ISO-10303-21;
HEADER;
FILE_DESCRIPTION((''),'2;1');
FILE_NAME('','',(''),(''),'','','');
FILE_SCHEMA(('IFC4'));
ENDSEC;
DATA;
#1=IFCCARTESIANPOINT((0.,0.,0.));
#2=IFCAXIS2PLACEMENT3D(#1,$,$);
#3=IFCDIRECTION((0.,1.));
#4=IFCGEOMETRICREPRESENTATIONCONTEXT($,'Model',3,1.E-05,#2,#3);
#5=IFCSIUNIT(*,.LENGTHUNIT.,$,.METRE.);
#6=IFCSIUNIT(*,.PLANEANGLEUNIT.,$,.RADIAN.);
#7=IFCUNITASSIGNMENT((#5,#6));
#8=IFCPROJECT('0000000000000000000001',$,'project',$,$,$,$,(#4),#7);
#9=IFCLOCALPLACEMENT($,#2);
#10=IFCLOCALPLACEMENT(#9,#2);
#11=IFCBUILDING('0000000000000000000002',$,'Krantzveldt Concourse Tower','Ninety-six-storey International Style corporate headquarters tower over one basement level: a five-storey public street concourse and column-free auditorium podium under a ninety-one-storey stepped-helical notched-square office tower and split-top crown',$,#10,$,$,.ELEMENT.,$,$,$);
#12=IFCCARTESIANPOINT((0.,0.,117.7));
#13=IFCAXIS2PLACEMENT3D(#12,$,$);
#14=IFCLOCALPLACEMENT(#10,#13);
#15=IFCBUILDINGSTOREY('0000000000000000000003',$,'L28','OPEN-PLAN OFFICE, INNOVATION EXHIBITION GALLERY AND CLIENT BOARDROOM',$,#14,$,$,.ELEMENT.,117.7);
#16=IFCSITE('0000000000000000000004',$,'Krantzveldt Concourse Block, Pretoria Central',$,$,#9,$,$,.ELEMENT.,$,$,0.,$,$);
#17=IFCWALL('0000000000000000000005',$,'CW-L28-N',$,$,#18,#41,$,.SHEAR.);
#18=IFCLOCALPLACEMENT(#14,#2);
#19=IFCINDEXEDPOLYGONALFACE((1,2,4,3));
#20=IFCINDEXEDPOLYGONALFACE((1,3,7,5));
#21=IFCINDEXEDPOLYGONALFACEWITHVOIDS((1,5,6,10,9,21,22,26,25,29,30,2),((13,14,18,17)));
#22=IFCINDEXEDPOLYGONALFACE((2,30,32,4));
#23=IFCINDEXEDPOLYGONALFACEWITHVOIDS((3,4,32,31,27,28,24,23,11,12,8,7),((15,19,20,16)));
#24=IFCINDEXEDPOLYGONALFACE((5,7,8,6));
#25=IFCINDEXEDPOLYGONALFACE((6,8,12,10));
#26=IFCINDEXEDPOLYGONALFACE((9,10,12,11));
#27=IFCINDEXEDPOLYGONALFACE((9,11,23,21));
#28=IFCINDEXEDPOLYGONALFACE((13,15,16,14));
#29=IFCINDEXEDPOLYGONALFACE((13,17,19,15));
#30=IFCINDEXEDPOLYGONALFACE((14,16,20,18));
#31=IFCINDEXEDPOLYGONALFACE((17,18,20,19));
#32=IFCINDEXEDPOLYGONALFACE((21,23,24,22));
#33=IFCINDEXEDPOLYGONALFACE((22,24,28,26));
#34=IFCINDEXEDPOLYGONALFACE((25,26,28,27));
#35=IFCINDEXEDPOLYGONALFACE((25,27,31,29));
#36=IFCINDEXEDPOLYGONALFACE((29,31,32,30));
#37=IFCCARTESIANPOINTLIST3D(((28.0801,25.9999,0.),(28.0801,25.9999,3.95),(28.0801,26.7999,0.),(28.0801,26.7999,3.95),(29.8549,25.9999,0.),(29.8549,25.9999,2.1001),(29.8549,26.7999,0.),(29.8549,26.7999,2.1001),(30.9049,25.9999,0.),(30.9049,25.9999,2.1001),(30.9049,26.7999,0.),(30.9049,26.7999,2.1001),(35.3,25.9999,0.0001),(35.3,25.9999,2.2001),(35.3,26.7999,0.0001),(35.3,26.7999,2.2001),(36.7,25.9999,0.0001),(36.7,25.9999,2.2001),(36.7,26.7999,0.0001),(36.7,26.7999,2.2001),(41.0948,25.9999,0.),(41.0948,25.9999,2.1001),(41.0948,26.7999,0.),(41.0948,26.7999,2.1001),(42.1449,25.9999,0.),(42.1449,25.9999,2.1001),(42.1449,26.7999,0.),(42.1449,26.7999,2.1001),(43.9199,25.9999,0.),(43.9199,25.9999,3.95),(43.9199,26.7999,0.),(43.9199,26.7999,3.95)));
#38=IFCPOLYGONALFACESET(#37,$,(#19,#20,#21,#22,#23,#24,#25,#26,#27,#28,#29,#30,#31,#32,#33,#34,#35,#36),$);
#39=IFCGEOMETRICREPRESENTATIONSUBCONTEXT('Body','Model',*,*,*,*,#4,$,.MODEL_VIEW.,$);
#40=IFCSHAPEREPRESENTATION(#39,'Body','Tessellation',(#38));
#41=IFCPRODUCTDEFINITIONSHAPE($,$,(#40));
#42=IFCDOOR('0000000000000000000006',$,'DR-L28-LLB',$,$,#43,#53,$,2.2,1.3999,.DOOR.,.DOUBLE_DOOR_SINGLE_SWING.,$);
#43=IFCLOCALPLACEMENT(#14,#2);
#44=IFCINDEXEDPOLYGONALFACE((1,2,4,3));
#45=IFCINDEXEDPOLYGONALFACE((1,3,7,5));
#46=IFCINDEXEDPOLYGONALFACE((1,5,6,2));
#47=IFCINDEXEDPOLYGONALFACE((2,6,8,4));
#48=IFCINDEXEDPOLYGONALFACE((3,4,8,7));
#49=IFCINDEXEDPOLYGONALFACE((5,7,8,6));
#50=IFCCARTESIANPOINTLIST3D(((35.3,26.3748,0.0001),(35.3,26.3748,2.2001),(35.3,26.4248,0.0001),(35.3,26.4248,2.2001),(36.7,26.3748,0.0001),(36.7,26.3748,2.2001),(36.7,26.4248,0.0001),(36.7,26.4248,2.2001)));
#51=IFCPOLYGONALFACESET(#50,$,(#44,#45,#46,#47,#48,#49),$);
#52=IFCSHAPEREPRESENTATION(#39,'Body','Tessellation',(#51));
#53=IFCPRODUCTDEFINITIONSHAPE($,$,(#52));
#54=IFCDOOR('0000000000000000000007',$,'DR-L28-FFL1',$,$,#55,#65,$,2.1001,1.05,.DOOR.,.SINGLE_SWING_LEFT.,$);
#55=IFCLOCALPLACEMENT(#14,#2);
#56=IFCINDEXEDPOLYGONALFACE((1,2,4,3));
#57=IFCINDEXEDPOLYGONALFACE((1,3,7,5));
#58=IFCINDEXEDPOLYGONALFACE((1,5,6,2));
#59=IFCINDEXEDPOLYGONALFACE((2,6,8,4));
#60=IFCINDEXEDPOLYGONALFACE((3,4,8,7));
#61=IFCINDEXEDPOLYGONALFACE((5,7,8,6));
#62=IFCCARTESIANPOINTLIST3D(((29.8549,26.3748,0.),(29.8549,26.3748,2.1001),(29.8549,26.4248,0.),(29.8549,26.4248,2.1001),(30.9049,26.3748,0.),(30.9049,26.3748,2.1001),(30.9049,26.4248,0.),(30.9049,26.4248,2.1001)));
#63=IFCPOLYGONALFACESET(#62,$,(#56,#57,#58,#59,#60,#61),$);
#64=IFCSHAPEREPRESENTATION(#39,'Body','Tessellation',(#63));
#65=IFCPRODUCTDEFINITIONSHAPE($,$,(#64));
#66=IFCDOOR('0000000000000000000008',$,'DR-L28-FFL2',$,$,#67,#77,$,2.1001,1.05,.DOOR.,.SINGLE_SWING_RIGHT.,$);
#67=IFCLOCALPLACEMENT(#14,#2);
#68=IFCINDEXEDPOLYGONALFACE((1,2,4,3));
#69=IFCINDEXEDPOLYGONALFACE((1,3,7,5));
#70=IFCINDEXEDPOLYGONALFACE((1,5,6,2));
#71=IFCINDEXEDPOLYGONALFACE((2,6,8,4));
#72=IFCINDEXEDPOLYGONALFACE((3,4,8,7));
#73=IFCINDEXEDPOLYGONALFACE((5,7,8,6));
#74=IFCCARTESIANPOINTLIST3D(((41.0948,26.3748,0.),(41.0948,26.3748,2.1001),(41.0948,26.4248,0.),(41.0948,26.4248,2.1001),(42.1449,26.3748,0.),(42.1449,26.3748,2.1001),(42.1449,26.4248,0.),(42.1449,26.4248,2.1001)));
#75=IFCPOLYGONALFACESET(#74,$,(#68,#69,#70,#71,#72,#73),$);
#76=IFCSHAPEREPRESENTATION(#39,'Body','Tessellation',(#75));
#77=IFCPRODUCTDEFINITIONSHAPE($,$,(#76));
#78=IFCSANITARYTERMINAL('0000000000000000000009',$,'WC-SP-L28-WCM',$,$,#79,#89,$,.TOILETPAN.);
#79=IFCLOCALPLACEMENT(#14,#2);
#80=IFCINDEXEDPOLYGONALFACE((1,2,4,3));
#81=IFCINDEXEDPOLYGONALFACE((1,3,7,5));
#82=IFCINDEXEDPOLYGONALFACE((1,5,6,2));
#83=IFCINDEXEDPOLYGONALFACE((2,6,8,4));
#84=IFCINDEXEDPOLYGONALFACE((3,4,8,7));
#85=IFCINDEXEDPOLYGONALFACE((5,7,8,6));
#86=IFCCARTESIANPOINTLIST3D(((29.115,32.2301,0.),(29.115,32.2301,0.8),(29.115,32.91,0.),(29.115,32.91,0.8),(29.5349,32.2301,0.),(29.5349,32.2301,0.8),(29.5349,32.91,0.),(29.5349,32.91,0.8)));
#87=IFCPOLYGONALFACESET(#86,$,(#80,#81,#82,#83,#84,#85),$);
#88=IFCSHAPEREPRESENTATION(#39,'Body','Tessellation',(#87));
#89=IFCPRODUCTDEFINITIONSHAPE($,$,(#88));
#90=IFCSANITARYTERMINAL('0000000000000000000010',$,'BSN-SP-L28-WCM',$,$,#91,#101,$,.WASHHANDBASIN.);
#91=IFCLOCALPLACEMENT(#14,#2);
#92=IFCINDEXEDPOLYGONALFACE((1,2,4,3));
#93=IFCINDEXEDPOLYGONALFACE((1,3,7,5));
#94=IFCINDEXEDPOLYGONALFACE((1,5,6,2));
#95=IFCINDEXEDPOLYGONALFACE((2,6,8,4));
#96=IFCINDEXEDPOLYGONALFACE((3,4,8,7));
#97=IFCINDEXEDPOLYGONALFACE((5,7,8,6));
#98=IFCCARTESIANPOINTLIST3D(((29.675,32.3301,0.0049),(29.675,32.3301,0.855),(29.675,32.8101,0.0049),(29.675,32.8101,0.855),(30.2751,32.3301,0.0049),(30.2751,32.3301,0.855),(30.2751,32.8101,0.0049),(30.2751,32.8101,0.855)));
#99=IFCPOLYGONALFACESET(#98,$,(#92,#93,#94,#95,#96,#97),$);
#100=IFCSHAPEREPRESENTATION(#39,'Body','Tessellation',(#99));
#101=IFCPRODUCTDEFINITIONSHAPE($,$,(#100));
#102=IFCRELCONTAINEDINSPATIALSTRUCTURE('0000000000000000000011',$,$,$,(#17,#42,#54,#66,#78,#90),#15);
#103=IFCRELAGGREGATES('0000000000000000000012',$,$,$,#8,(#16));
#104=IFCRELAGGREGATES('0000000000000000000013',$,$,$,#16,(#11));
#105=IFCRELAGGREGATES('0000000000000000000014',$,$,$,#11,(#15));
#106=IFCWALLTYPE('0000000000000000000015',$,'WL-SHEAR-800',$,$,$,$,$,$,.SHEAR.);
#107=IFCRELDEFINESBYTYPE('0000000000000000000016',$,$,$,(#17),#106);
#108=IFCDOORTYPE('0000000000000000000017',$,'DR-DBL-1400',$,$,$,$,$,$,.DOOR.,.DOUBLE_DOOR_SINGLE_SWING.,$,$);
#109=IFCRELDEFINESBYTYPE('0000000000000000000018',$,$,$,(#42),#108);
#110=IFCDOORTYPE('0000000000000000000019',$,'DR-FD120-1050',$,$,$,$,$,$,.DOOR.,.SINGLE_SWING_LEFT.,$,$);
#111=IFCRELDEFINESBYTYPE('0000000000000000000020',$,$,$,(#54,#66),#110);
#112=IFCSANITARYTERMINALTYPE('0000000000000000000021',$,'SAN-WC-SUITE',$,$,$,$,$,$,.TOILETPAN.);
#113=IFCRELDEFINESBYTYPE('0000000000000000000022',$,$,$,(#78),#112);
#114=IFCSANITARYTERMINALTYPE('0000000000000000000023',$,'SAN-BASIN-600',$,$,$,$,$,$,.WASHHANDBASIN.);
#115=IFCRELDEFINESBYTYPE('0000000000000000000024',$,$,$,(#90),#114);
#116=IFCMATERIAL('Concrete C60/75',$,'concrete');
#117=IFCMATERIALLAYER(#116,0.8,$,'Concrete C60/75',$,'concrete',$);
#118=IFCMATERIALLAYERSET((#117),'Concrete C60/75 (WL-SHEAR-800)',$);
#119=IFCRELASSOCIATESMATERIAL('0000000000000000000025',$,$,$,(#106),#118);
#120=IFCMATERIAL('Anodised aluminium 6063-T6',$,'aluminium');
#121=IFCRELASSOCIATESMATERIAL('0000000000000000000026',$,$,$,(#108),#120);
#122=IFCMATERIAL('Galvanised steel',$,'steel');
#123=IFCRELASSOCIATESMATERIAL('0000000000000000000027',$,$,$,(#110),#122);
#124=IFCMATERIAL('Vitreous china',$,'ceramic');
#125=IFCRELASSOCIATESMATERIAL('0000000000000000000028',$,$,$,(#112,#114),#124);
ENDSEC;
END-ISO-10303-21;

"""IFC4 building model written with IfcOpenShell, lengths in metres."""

from ifc_helpers import new_model, si_unit, direction, frame, frame_2d, origin, origin_2d, place, context, subcontext, project, spatial, rectangle, extrude, source, transform, mapped, material, layer, layer_set, type_object, type_shapes, element, fill, save


model = new_model("IFC4")

# Units and contexts
model_context = context("Model", 3, precision=1e-05, world=origin(), true_north=direction((0.0, 1.0)))
body_context = subcontext(model_context, "Body", "Model", "MODEL_VIEW")
ifc_project = project(units=[si_unit("LENGTHUNIT", "METRE"), si_unit("PLANEANGLEUNIT", "RADIAN")], contexts=[model_context])

# Site, building, storey
site_placement = place(None, origin())
site = spatial("IfcSite", under=ifc_project, at=site_placement, Name="Krantzveldt Concourse Block, Pretoria Central", CompositionType="ELEMENT", RefElevation=0.0)
building_placement = place(site_placement, origin())
building = spatial("IfcBuilding", under=site, at=building_placement, Name="Krantzveldt Concourse Tower", Description="Ninety-six-storey International Style corporate headquarters tower over one basement level: a five-storey public street concourse and column-free auditorium podium under a ninety-one-storey stepped-helical notched-square office tower and split-top crown", CompositionType="ELEMENT")
storey_placement = place(building_placement, frame((0.0, 0.0, 117.7)))
storey = spatial("IfcBuildingStorey", under=building, at=storey_placement, Name="L28", Description="OPEN-PLAN OFFICE, INNOVATION EXHIBITION GALLERY AND CLIENT BOARDROOM", CompositionType="ELEMENT", Elevation=117.7)

# Wall, openings, doors
ifc_material_1 = material(Name="Concrete C60/75", Category="concrete")
ifc_layer_1 = layer(ifc_material_1, 0.8, Name="Concrete C60/75", Category="concrete")
ifc_layer_set_1 = layer_set([ifc_layer_1], Name="Concrete C60/75 (WL-SHEAR-800)")
wall_type_1 = type_object("IfcWallType", Name="WL-SHEAR-800", PredefinedType="SHEAR", material=ifc_layer_set_1)
wall_1_placement = place(storey_placement, frame((28.0801, 26.3999, 0.0), z_axis=(0.0, 0.0, 1.0), x_axis=(1.0, 0.0, 0.0)))
wall_1 = element("IfcWall", 1, at=wall_1_placement, inside=storey, type_object=wall_type_1, Name="CW-L28-N", PredefinedType="SHEAR", context=body_context, shape_type="SweptSolid", body=[
    extrude(rectangle(XDim=15.8398, YDim=0.8, at=frame_2d((7.9199, 0.0))), origin(), (0.0, 0.0, 1.0), 3.95),
])
opening_1_placement = place(wall_1_placement, frame((7.22, 0.0, 0.0)))
opening_1 = element("IfcOpeningElement", 2, at=opening_1_placement, cuts=wall_1, PredefinedType="OPENING", context=body_context, shape_type="SweptSolid", body=[
    extrude(rectangle(XDim=1.3999, YDim=2.2, at=frame_2d((0.7, 1.1001))), frame((0.0, 0.4102, 0.0), z_axis=(0.0, -1.0, 0.0), x_axis=(1.0, 0.0, 0.0)), (0.0, 0.0, 1.0), 0.8201),
])
opening_2_placement = place(wall_1_placement, frame((1.7749, 0.0, 0.0)))
opening_2 = element("IfcOpeningElement", 3, at=opening_2_placement, cuts=wall_1, PredefinedType="OPENING", context=body_context, shape_type="SweptSolid", body=[
    extrude(rectangle(XDim=1.05, YDim=2.1001, at=frame_2d((0.5249, 1.05))), frame((0.0, 0.4102, 0.0), z_axis=(0.0, -1.0, 0.0), x_axis=(1.0, 0.0, 0.0)), (0.0, 0.0, 1.0), 0.8201),
])
opening_3_placement = place(wall_1_placement, frame((13.0149, 0.0, 0.0)))
opening_3 = element("IfcOpeningElement", 4, at=opening_3_placement, cuts=wall_1, PredefinedType="OPENING", context=body_context, shape_type="SweptSolid", body=[
    extrude(rectangle(XDim=1.05, YDim=2.1001, at=frame_2d((0.5249, 1.05))), frame((0.0, 0.4102, 0.0), z_axis=(0.0, -1.0, 0.0), x_axis=(1.0, 0.0, 0.0)), (0.0, 0.0, 1.0), 0.8201),
])
ifc_material_2 = material(Name="Anodised aluminium 6063-T6", Category="aluminium")
door_type_1 = type_object("IfcDoorType", Name="DR-DBL-1400", OperationType="DOUBLE_DOOR_SINGLE_SWING", PredefinedType="DOOR", material=ifc_material_2)
door_1_placement = place(opening_1_placement, origin())
door_1 = element("IfcDoor", 5, at=door_1_placement, inside=storey, type_object=door_type_1, Name="DR-L28-LLB", OperationType="DOUBLE_DOOR_SINGLE_SWING", OverallHeight=2.2, OverallWidth=1.3999, PredefinedType="DOOR", context=body_context, shape_type="SweptSolid", body=[
    extrude(rectangle(XDim=1.3999, YDim=2.2, at=frame_2d((0.7, 1.1001))), frame((0.0, 0.0249, 0.0), z_axis=(0.0, -1.0, 0.0), x_axis=(1.0, 0.0, 0.0)), (0.0, 0.0, 1.0), 0.05),
])
fill(opening_1, door_1)
ifc_material_3 = material(Name="Galvanised steel", Category="steel")
door_type_2 = type_object("IfcDoorType", Name="DR-FD120-1050", OperationType="SINGLE_SWING_LEFT", PredefinedType="DOOR", material=ifc_material_3)
door_2_placement = place(opening_2_placement, origin())
door_2 = element("IfcDoor", 6, at=door_2_placement, inside=storey, type_object=door_type_2, Name="DR-L28-FFL1", OperationType="SINGLE_SWING_LEFT", OverallHeight=2.1001, OverallWidth=1.05, PredefinedType="DOOR", context=body_context, shape_type="SweptSolid", body=[
    extrude(rectangle(XDim=1.05, YDim=2.1001, at=frame_2d((0.5249, 1.05))), frame((0.0, 0.0249, 0.0), z_axis=(0.0, -1.0, 0.0), x_axis=(1.0, 0.0, 0.0)), (0.0, 0.0, 1.0), 0.05),
])
fill(opening_2, door_2)
door_3_placement = place(opening_3_placement, origin())
door_3 = element("IfcDoor", 7, at=door_3_placement, inside=storey, type_object=door_type_2, Name="DR-L28-FFL2", OperationType="SINGLE_SWING_RIGHT", OverallHeight=2.1001, OverallWidth=1.05, PredefinedType="DOOR", context=body_context, shape_type="SweptSolid", body=[
    extrude(rectangle(XDim=1.05, YDim=2.1001, at=frame_2d((0.5249, 1.05))), frame((0.0, 0.0249, 0.0), z_axis=(0.0, -1.0, 0.0), x_axis=(1.0, 0.0, 0.0)), (0.0, 0.0, 1.0), 0.05),
])
fill(opening_3, door_3)

# Sanitary terminals
ifc_material_4 = material(Name="Vitreous china", Category="ceramic")
sanitary_terminal_type_1 = type_object("IfcSanitaryTerminalType", Name="SAN-WC-SUITE", PredefinedType="TOILETPAN", material=ifc_material_4)
shared_shape_1 = source(origin(), body_context, "Body", "SweptSolid", [
    extrude(rectangle(XDim=0.4199, YDim=0.6799, at=origin_2d()), origin(), (0.0, 0.0, 1.0), 0.8),
])
type_shapes(sanitary_terminal_type_1, [shared_shape_1])
sanitary_terminal_1_placement = place(storey_placement, frame((29.325, 32.5701, 0.0), z_axis=(0.0, 0.0, 1.0), x_axis=(1.0, 0.0, 0.0)))
element("IfcSanitaryTerminal", 8, at=sanitary_terminal_1_placement, inside=storey, type_object=sanitary_terminal_type_1, Name="WC-SP-L28-WCM", PredefinedType="TOILETPAN", context=body_context, shape_type="MappedRepresentation", body=[
    mapped(shared_shape_1, transform((0.0, 0.0, 0.0), x_axis=(1.0, 0.0, 0.0), y_axis=(0.0, 1.0, 0.0), z_axis=(0.0, 0.0, 1.0), scale=1.0)),
])
sanitary_terminal_type_2 = type_object("IfcSanitaryTerminalType", Name="SAN-BASIN-600", PredefinedType="WASHHANDBASIN", material=ifc_material_4)
shared_shape_2 = source(origin(), body_context, "Body", "SweptSolid", [
    extrude(rectangle(XDim=0.6001, YDim=0.48, at=origin_2d()), origin(), (0.0, 0.0, 1.0), 0.8501),
])
type_shapes(sanitary_terminal_type_2, [shared_shape_2])
sanitary_terminal_2_placement = place(storey_placement, frame((29.9751, 32.5701, 0.0049), z_axis=(0.0, 0.0, 1.0), x_axis=(1.0, 0.0, 0.0)))
element("IfcSanitaryTerminal", 9, at=sanitary_terminal_2_placement, inside=storey, type_object=sanitary_terminal_type_2, Name="BSN-SP-L28-WCM", PredefinedType="WASHHANDBASIN", context=body_context, shape_type="MappedRepresentation", body=[
    mapped(shared_shape_2, transform((0.0, 0.0, 0.0), x_axis=(1.0, 0.0, 0.0), y_axis=(0.0, 1.0, 0.0), z_axis=(0.0, 0.0, 1.0), scale=1.0)),
])

save(model, "model.ifc")
